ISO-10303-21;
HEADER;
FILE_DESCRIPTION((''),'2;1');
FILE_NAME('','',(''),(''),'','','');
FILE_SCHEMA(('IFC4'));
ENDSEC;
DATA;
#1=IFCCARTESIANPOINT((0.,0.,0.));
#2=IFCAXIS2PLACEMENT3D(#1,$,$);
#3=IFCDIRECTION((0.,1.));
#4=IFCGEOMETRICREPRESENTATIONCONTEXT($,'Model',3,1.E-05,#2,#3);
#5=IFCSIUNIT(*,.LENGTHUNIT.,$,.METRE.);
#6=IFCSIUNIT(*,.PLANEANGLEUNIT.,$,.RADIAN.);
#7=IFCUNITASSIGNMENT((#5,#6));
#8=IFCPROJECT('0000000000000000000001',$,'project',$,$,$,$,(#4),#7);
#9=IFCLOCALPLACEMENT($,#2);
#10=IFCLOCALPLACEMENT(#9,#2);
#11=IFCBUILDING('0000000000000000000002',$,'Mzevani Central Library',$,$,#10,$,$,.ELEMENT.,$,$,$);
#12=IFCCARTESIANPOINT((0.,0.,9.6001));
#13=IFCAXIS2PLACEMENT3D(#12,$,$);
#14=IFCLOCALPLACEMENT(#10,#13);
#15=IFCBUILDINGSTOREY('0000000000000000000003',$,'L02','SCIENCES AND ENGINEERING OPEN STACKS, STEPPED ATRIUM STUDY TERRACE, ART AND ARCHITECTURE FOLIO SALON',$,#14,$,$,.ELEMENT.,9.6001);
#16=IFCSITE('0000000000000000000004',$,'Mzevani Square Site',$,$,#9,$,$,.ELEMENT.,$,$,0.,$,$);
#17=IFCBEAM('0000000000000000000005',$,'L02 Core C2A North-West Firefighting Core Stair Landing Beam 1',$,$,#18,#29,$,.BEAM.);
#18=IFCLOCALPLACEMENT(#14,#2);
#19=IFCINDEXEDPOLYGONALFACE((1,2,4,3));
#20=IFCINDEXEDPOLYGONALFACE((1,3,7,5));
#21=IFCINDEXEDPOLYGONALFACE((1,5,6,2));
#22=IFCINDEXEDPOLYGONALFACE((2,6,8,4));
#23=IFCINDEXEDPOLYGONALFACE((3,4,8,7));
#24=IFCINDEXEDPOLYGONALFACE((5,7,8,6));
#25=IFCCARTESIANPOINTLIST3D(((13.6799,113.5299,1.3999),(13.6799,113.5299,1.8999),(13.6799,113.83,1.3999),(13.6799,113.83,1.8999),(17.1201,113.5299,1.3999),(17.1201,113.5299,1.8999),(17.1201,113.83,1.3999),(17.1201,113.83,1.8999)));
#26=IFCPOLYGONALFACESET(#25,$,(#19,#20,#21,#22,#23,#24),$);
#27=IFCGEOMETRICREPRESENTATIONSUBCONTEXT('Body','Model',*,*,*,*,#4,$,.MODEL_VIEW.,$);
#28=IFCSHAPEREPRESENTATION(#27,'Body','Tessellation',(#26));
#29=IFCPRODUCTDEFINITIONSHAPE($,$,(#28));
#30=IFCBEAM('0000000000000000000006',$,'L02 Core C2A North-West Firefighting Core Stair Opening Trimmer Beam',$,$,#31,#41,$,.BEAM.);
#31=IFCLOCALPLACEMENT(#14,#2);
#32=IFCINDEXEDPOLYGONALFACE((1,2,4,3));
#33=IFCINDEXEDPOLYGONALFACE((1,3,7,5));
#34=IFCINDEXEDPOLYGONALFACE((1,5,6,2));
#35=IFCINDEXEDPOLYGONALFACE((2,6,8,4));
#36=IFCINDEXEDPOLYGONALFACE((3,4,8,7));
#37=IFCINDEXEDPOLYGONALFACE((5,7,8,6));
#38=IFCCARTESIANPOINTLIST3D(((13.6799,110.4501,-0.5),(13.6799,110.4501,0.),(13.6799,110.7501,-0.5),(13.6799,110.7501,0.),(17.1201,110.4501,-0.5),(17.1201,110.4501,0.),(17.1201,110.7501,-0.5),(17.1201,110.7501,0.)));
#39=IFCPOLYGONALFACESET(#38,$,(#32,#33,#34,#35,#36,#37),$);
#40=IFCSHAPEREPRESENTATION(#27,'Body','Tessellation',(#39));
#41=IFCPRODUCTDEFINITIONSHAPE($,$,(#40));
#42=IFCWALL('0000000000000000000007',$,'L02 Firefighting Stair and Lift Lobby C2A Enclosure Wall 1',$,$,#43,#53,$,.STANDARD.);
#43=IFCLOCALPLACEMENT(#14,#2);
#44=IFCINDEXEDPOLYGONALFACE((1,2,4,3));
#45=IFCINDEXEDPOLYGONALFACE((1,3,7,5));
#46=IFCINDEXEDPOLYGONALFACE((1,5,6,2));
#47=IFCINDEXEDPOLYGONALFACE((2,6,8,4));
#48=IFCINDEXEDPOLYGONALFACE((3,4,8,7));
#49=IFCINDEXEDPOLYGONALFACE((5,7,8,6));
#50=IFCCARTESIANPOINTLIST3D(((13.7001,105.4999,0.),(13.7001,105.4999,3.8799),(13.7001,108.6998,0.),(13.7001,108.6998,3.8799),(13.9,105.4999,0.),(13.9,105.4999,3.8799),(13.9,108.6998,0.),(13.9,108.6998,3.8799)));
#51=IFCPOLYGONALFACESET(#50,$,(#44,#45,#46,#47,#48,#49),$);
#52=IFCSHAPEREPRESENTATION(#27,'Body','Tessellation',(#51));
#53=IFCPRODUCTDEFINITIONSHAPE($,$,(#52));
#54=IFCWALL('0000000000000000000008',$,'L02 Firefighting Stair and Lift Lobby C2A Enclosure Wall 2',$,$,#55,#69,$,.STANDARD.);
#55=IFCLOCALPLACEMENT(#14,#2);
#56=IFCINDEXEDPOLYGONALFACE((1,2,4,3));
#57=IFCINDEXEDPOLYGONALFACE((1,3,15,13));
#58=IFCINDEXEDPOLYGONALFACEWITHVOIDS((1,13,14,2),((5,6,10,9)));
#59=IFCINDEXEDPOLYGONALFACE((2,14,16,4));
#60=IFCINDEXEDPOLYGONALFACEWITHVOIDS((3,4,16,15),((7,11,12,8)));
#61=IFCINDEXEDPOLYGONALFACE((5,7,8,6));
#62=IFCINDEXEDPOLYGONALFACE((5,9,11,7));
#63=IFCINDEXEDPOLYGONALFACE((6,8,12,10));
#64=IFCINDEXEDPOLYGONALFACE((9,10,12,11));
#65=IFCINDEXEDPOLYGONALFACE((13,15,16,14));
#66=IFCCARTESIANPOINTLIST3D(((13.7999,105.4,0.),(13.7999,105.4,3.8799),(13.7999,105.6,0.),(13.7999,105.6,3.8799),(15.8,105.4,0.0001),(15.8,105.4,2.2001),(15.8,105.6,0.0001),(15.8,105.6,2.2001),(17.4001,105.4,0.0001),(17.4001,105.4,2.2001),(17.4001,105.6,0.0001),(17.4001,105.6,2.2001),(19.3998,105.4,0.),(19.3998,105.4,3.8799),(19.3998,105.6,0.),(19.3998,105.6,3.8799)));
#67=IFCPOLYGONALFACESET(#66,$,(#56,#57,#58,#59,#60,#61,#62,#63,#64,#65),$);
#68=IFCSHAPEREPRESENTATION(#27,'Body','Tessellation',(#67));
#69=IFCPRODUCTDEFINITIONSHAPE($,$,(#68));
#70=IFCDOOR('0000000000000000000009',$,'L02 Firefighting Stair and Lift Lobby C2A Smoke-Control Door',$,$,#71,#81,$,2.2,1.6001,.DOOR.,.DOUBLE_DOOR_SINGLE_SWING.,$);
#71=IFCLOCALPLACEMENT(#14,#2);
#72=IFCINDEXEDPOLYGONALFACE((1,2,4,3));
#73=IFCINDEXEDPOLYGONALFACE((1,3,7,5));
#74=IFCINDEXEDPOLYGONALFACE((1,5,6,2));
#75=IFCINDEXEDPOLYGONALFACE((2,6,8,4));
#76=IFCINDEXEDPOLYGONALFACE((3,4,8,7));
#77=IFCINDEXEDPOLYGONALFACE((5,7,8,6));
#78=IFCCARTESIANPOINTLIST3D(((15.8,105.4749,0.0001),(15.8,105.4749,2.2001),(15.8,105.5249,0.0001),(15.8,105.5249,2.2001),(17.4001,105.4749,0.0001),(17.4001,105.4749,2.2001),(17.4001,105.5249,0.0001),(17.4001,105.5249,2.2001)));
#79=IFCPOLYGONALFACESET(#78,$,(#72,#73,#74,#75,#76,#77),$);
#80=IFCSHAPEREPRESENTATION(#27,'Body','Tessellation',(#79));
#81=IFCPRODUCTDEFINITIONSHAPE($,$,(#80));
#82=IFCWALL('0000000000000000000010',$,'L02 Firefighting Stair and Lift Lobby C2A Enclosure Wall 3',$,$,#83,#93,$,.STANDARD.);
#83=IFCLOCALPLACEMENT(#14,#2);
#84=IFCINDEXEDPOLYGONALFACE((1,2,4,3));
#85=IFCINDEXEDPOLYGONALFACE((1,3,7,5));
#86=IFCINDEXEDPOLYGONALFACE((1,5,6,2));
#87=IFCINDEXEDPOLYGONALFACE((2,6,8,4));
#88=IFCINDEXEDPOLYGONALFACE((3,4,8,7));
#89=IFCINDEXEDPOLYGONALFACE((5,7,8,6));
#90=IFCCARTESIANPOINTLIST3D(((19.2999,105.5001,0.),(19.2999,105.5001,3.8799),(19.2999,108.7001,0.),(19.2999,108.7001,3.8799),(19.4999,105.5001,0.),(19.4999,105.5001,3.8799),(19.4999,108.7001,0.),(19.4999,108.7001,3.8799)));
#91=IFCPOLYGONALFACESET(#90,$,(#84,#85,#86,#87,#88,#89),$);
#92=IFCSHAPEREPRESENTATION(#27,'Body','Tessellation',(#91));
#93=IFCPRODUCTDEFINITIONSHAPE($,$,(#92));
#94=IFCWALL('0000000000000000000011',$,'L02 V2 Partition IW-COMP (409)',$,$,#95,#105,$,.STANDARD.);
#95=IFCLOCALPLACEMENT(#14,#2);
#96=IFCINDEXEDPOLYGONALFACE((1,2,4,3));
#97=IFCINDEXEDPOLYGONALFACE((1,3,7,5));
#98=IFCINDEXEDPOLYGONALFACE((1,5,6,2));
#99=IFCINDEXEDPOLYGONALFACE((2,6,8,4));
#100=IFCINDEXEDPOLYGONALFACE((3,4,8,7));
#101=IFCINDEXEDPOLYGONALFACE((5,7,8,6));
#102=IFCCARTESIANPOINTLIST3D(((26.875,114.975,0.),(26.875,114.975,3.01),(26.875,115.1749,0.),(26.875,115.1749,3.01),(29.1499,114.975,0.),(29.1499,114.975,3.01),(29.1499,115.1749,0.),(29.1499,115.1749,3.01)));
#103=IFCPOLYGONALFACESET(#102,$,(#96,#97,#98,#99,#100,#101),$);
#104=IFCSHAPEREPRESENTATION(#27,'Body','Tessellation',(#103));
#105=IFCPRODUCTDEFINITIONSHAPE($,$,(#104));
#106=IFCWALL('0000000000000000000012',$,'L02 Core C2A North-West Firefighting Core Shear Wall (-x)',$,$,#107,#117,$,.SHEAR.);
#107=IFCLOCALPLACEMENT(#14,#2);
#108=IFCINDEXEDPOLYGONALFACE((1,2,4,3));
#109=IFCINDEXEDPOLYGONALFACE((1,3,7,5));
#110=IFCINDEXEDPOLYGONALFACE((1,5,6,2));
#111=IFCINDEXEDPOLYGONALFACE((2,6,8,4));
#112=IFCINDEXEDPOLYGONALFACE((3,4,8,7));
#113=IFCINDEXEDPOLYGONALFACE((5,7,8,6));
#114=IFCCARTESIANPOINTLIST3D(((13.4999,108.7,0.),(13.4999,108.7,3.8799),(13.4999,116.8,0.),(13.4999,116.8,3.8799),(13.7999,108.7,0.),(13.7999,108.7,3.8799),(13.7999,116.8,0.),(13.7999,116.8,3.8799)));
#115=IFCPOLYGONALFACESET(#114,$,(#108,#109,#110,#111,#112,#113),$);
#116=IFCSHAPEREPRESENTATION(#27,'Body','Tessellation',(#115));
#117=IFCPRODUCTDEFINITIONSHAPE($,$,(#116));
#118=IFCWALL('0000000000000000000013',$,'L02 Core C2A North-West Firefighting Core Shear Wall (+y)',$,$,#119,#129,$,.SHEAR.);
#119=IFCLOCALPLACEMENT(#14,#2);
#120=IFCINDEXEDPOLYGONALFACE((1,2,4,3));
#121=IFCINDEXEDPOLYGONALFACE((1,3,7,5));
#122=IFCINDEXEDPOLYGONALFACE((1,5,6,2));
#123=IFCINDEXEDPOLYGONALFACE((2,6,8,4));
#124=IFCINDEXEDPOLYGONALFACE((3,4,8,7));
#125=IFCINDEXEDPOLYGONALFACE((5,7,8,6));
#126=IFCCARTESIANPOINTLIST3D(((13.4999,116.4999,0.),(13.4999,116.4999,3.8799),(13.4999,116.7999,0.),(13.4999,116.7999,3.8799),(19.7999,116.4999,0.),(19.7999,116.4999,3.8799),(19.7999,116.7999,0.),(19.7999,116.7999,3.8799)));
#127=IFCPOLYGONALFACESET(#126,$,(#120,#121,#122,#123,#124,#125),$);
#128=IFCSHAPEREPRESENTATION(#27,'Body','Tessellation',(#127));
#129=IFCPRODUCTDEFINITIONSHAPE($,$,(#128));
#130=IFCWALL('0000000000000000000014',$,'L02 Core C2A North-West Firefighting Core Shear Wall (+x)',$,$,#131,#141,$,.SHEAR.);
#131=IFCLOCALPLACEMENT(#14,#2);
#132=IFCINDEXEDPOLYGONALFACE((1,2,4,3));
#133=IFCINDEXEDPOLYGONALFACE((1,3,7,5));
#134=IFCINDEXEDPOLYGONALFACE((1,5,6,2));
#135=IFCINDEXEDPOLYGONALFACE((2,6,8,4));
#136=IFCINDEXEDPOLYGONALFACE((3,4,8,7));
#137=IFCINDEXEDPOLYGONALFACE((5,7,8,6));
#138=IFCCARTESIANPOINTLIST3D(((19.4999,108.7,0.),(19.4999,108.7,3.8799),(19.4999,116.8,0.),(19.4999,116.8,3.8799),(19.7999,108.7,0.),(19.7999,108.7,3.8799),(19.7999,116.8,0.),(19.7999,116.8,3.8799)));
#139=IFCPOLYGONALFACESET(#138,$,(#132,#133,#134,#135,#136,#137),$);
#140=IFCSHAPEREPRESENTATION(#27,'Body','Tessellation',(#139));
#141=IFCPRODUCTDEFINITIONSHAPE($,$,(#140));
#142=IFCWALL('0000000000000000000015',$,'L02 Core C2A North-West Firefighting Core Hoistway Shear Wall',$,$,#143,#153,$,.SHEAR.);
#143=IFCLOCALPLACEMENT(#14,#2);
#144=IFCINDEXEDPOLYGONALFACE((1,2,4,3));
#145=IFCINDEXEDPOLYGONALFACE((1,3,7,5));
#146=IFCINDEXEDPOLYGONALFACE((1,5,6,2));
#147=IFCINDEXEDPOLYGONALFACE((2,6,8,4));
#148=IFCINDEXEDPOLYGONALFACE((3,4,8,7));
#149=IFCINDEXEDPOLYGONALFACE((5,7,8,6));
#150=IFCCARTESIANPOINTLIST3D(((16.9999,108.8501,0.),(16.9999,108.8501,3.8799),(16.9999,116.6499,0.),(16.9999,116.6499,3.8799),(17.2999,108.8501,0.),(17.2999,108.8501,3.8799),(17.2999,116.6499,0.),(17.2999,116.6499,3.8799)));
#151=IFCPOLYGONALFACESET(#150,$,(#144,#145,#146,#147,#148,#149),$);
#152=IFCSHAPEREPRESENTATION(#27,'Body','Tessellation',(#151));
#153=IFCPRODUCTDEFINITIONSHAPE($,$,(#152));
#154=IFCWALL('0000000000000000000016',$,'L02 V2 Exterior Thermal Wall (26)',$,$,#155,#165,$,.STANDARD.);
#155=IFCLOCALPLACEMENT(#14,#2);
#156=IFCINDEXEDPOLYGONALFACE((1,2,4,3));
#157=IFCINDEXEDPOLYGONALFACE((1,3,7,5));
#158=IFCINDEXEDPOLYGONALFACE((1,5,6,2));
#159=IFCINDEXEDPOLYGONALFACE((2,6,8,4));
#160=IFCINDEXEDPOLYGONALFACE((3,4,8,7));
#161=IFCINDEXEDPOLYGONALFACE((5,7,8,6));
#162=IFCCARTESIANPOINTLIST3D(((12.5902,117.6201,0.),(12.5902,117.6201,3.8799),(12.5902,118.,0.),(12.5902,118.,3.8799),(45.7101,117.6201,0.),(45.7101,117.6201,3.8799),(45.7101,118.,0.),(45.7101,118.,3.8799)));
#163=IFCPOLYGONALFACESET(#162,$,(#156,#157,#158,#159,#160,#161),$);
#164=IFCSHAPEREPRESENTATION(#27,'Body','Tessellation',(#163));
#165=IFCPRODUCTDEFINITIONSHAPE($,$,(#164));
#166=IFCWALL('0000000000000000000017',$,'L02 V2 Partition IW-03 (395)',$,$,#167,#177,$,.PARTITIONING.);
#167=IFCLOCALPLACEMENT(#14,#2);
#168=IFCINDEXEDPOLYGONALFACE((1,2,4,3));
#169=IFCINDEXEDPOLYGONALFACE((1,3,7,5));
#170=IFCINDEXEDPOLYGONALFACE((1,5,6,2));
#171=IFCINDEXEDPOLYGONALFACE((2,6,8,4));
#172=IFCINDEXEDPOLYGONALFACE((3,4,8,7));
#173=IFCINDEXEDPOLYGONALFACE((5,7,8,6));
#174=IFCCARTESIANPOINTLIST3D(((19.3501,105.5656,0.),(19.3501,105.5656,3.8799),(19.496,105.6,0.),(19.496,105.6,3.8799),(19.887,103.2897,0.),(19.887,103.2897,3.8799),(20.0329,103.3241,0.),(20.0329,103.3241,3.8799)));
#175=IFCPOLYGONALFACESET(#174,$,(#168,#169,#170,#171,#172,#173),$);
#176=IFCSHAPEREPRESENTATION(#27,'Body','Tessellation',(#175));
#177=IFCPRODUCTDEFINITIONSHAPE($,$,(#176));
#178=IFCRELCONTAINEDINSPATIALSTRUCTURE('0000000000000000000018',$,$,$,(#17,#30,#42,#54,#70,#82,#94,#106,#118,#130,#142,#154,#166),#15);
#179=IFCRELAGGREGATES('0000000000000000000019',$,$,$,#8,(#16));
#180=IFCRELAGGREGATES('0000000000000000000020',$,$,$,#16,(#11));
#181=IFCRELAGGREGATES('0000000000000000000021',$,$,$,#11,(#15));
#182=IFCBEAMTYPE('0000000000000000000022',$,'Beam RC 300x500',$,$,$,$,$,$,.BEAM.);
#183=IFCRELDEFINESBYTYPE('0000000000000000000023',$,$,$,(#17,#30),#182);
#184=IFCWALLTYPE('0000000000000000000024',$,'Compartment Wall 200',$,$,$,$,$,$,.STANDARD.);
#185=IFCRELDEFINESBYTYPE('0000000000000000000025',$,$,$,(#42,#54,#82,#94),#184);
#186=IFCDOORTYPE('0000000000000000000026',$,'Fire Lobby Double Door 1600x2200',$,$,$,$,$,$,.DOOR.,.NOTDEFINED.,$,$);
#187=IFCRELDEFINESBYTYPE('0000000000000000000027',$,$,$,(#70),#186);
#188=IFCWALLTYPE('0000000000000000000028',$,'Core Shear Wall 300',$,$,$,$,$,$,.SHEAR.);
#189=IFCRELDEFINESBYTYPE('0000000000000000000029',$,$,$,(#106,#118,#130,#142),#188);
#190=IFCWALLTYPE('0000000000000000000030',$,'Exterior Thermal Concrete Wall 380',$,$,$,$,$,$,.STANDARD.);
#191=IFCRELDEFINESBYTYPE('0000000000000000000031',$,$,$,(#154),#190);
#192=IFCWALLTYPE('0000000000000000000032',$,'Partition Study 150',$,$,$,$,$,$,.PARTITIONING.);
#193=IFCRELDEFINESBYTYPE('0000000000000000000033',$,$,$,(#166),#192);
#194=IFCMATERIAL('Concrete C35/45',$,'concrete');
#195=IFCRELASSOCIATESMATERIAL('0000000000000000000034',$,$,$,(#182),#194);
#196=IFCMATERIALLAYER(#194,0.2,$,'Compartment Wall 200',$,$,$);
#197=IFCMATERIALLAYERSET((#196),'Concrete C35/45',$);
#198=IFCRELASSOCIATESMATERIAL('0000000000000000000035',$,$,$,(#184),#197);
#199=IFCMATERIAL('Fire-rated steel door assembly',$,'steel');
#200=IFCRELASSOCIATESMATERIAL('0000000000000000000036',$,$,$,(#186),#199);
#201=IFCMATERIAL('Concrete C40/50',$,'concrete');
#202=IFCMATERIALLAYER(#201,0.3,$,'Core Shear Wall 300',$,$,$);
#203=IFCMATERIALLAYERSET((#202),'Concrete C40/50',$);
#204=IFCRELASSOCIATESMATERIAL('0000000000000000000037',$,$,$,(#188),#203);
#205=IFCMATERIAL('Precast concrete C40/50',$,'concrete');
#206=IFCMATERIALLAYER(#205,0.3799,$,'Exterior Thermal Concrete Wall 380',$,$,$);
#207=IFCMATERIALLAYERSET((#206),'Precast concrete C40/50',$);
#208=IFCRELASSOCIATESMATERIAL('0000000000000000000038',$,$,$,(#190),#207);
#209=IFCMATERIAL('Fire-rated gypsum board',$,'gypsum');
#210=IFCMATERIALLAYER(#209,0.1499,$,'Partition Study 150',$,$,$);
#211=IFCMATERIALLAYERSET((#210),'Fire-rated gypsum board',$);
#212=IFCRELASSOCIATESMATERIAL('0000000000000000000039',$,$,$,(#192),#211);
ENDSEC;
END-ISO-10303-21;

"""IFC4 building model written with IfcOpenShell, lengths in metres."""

from ifc_helpers import new_model, si_unit, direction, frame, frame_2d, origin, origin_2d, place, context, subcontext, project, spatial, rectangle, extrude, material, layer, layer_set, material_profile, profile_set, type_object, element, fill, save


model = new_model("IFC4")

# Units and contexts
model_context = context("Model", 3, precision=1e-05, world=origin(), true_north=direction((0.0, 1.0)))
body_context = subcontext(model_context, "Body", "Model", "MODEL_VIEW")
ifc_project = project(units=[si_unit("LENGTHUNIT", "METRE"), si_unit("PLANEANGLEUNIT", "RADIAN")], contexts=[model_context])

# Site, building, storey
site_placement = place(None, origin())
site = spatial("IfcSite", under=ifc_project, at=site_placement, Name="Mzevani Square Site", CompositionType="ELEMENT", RefElevation=0.0)
building_placement = place(site_placement, origin())
building = spatial("IfcBuilding", under=site, at=building_placement, Name="Mzevani Central Library", CompositionType="ELEMENT")
storey_placement = place(building_placement, frame((0.0, 0.0, 9.6001)))
storey = spatial("IfcBuildingStorey", under=building, at=storey_placement, Name="L02", Description="SCIENCES AND ENGINEERING OPEN STACKS, STEPPED ATRIUM STUDY TERRACE, ART AND ARCHITECTURE FOLIO SALON", CompositionType="ELEMENT", Elevation=9.6001)

# Beams
ifc_material_1 = material(Name="Concrete C35/45", Category="concrete")
ifc_material_profile = material_profile(ifc_material_1, rectangle(XDim=0.3, YDim=0.5, at=origin_2d()), Name="RC B300x500")
ifc_profile_set = profile_set([ifc_material_profile], Name="Concrete C35/45")
beam_type = type_object("IfcBeamType", Name="Beam RC 300x500", PredefinedType="BEAM", material=ifc_profile_set)
for number, where, z_axis, x_axis, name in (
    (1, (13.6799, 113.6799, 1.6499), (1.0, 0.0, 0.0), (0.0, 1.0, 0.0), "L02 Core C2A North-West Firefighting Core Stair Landing Beam 1"),
    (2, (13.6799, 110.6001, -0.25), (1.0, 0.0, 0.0), (0.0, 1.0, 0.0), "L02 Core C2A North-West Firefighting Core Stair Opening Trimmer Beam"),
):
    element("IfcBeam", number, at=place(storey_placement, frame(where, z_axis=z_axis, x_axis=x_axis)), inside=storey, type_object=beam_type, Name=name, PredefinedType="BEAM", context=body_context, shape_type="SweptSolid", body=[
        extrude(rectangle(XDim=0.3, YDim=0.5, at=origin_2d()), origin(), (0.0, 0.0, 1.0), 3.4402),
    ])

# Wall
ifc_layer_1 = layer(ifc_material_1, 0.2, Name="Compartment Wall 200")
ifc_layer_set_1 = layer_set([ifc_layer_1], Name="Concrete C35/45")
wall_type_1 = type_object("IfcWallType", Name="Compartment Wall 200", PredefinedType="STANDARD", material=ifc_layer_set_1)
wall_1_placement = place(storey_placement, frame((13.8, 108.7, 0.0), z_axis=(0.0, 0.0, 1.0), x_axis=(0.0, -1.0, 0.0)))
element("IfcWall", 3, at=wall_1_placement, inside=storey, type_object=wall_type_1, Name="L02 Firefighting Stair and Lift Lobby C2A Enclosure Wall 1", PredefinedType="STANDARD", context=body_context, shape_type="SweptSolid", body=[
    extrude(rectangle(XDim=3.2, YDim=0.2, at=frame_2d((1.6001, 0.0))), origin(), (0.0, 0.0, 1.0), 3.8799),
])

# Wall, opening, door
wall_2_placement = place(storey_placement, frame((13.8, 105.5, 0.0), z_axis=(0.0, 0.0, 1.0), x_axis=(1.0, 0.0, 0.0)))
wall_2 = element("IfcWall", 4, at=wall_2_placement, inside=storey, type_object=wall_type_1, Name="L02 Firefighting Stair and Lift Lobby C2A Enclosure Wall 2", PredefinedType="STANDARD", context=body_context, shape_type="SweptSolid", body=[
    extrude(rectangle(XDim=5.5999, YDim=0.2, at=frame_2d((2.7998, 0.0))), origin(), (0.0, 0.0, 1.0), 3.8799),
])
opening_1_placement = place(wall_2_placement, frame((2.0, 0.0, 0.0)))
opening_1 = element("IfcOpeningElement", 5, at=opening_1_placement, cuts=wall_2, PredefinedType="OPENING", context=body_context, shape_type="SweptSolid", body=[
    extrude(rectangle(XDim=1.6001, YDim=2.2, at=frame_2d((0.8, 1.1001))), frame((0.0, 0.1099, 0.0), z_axis=(0.0, -1.0, 0.0), x_axis=(1.0, 0.0, 0.0)), (0.0, 0.0, 1.0), 0.22),
])
ifc_material_2 = material(Name="Fire-rated steel door assembly", Category="steel")
door_type_1 = type_object("IfcDoorType", Name="Fire Lobby Double Door 1600x2200", OperationType="NOTDEFINED", PredefinedType="DOOR", material=ifc_material_2)
door_1_placement = place(opening_1_placement, origin())
door_1 = element("IfcDoor", 6, at=door_1_placement, inside=storey, type_object=door_type_1, Name="L02 Firefighting Stair and Lift Lobby C2A Smoke-Control Door", OperationType="DOUBLE_DOOR_SINGLE_SWING", OverallHeight=2.2, OverallWidth=1.6001, PredefinedType="DOOR", context=body_context, shape_type="SweptSolid", body=[
    extrude(rectangle(XDim=1.6001, YDim=2.2, at=frame_2d((0.8, 1.1001))), frame((0.0, 0.0249, 0.0), z_axis=(0.0, -1.0, 0.0), x_axis=(1.0, 0.0, 0.0)), (0.0, 0.0, 1.0), 0.05),
])
fill(opening_1, door_1)

# Walls
wall_3_placement = place(storey_placement, frame((19.3999, 105.5, 0.0), z_axis=(0.0, 0.0, 1.0), x_axis=(0.0, 1.0, 0.0)))
element("IfcWall", 7, at=wall_3_placement, inside=storey, type_object=wall_type_1, Name="L02 Firefighting Stair and Lift Lobby C2A Enclosure Wall 3", PredefinedType="STANDARD", context=body_context, shape_type="SweptSolid", body=[
    extrude(rectangle(XDim=3.2, YDim=0.2, at=frame_2d((1.6001, 0.0))), origin(), (0.0, 0.0, 1.0), 3.8799),
])
wall_4_placement = place(storey_placement, frame((26.875, 115.075, 0.0), z_axis=(0.0, 0.0, 1.0), x_axis=(1.0, 0.0, 0.0)))
element("IfcWall", 8, at=wall_4_placement, inside=storey, type_object=wall_type_1, Name="L02 V2 Partition IW-COMP (409)", PredefinedType="STANDARD", context=body_context, shape_type="SweptSolid", body=[
    extrude(rectangle(XDim=2.2749, YDim=0.2, at=frame_2d((1.1375, 0.0))), origin(), (0.0, 0.0, 1.0), 3.01),
])

# Shared definitions
ifc_material_3 = material(Name="Concrete C40/50", Category="concrete")
ifc_layer_2 = layer(ifc_material_3, 0.3, Name="Core Shear Wall 300")
ifc_layer_set_2 = layer_set([ifc_layer_2], Name="Concrete C40/50")
wall_type_2 = type_object("IfcWallType", Name="Core Shear Wall 300", PredefinedType="SHEAR", material=ifc_layer_set_2)

# Walls
wall_5_placement = place(storey_placement, frame((13.6499, 108.7, 0.0), z_axis=(0.0, 0.0, 1.0), x_axis=(0.0, 1.0, 0.0)))
element("IfcWall", 9, at=wall_5_placement, inside=storey, type_object=wall_type_2, Name="L02 Core C2A North-West Firefighting Core Shear Wall (-x)", PredefinedType="SHEAR", context=body_context, shape_type="SweptSolid", body=[
    extrude(rectangle(XDim=8.1001, YDim=0.3, at=frame_2d((4.05, 0.0))), origin(), (0.0, 0.0, 1.0), 3.8799),
])
wall_6_placement = place(storey_placement, frame((13.5, 116.6499, 0.0), z_axis=(0.0, 0.0, 1.0), x_axis=(1.0, 0.0, 0.0)))
element("IfcWall", 10, at=wall_6_placement, inside=storey, type_object=wall_type_2, Name="L02 Core C2A North-West Firefighting Core Shear Wall (+y)", PredefinedType="SHEAR", context=body_context, shape_type="SweptSolid", body=[
    extrude(rectangle(XDim=6.3, YDim=0.3, at=frame_2d((3.1499, 0.0))), origin(), (0.0, 0.0, 1.0), 3.8799),
])
wall_7_placement = place(storey_placement, frame((19.6499, 116.8, 0.0), z_axis=(0.0, 0.0, 1.0), x_axis=(0.0, -1.0, 0.0)))
element("IfcWall", 11, at=wall_7_placement, inside=storey, type_object=wall_type_2, Name="L02 Core C2A North-West Firefighting Core Shear Wall (+x)", PredefinedType="SHEAR", context=body_context, shape_type="SweptSolid", body=[
    extrude(rectangle(XDim=8.1001, YDim=0.3, at=frame_2d((4.05, 0.0))), origin(), (0.0, 0.0, 1.0), 3.8799),
])
wall_8_placement = place(storey_placement, frame((17.1499, 108.8501, 0.0), z_axis=(0.0, 0.0, 1.0), x_axis=(0.0, 1.0, 0.0)))
element("IfcWall", 12, at=wall_8_placement, inside=storey, type_object=wall_type_2, Name="L02 Core C2A North-West Firefighting Core Hoistway Shear Wall", PredefinedType="SHEAR", context=body_context, shape_type="SweptSolid", body=[
    extrude(rectangle(XDim=7.7998, YDim=0.3, at=frame_2d((3.8999, 0.0))), origin(), (0.0, 0.0, 1.0), 3.8799),
])
ifc_material_4 = material(Name="Precast concrete C40/50", Category="concrete")
ifc_layer_3 = layer(ifc_material_4, 0.3799, Name="Exterior Thermal Concrete Wall 380")
ifc_layer_set_3 = layer_set([ifc_layer_3], Name="Precast concrete C40/50")
wall_type_3 = type_object("IfcWallType", Name="Exterior Thermal Concrete Wall 380", PredefinedType="STANDARD", material=ifc_layer_set_3)
wall_9_placement = place(storey_placement, frame((12.5901, 117.8101, 0.0), z_axis=(0.0, 0.0, 1.0), x_axis=(1.0, 0.0, 0.0)))
element("IfcWall", 13, at=wall_9_placement, inside=storey, type_object=wall_type_3, Name="L02 V2 Exterior Thermal Wall (26)", PredefinedType="STANDARD", context=body_context, shape_type="SweptSolid", body=[
    extrude(rectangle(XDim=33.1199, YDim=0.3799, at=frame_2d((16.5601, 0.0))), origin(), (0.0, 0.0, 1.0), 3.8799),
])
ifc_material_5 = material(Name="Fire-rated gypsum board", Category="gypsum")
ifc_layer_4 = layer(ifc_material_5, 0.1499, Name="Partition Study 150")
ifc_layer_set_4 = layer_set([ifc_layer_4], Name="Fire-rated gypsum board")
wall_type_4 = type_object("IfcWallType", Name="Partition Study 150", PredefinedType="PARTITIONING", material=ifc_layer_set_4)
wall_10_placement = place(storey_placement, frame((19.96, 103.3069, 0.0), z_axis=(0.0, 0.0, 1.0), x_axis=(-0.229592, 0.973287, 0.0)))
element("IfcWall", 14, at=wall_10_placement, inside=storey, type_object=wall_type_4, Name="L02 V2 Partition IW-03 (395)", PredefinedType="PARTITIONING", context=body_context, shape_type="SweptSolid", body=[
    extrude(rectangle(XDim=2.3384, YDim=0.1499, at=frame_2d((1.1692, 0.0))), origin(), (0.0, 0.0, 1.0), 3.8799),
])

save(model, "model.ifc")
